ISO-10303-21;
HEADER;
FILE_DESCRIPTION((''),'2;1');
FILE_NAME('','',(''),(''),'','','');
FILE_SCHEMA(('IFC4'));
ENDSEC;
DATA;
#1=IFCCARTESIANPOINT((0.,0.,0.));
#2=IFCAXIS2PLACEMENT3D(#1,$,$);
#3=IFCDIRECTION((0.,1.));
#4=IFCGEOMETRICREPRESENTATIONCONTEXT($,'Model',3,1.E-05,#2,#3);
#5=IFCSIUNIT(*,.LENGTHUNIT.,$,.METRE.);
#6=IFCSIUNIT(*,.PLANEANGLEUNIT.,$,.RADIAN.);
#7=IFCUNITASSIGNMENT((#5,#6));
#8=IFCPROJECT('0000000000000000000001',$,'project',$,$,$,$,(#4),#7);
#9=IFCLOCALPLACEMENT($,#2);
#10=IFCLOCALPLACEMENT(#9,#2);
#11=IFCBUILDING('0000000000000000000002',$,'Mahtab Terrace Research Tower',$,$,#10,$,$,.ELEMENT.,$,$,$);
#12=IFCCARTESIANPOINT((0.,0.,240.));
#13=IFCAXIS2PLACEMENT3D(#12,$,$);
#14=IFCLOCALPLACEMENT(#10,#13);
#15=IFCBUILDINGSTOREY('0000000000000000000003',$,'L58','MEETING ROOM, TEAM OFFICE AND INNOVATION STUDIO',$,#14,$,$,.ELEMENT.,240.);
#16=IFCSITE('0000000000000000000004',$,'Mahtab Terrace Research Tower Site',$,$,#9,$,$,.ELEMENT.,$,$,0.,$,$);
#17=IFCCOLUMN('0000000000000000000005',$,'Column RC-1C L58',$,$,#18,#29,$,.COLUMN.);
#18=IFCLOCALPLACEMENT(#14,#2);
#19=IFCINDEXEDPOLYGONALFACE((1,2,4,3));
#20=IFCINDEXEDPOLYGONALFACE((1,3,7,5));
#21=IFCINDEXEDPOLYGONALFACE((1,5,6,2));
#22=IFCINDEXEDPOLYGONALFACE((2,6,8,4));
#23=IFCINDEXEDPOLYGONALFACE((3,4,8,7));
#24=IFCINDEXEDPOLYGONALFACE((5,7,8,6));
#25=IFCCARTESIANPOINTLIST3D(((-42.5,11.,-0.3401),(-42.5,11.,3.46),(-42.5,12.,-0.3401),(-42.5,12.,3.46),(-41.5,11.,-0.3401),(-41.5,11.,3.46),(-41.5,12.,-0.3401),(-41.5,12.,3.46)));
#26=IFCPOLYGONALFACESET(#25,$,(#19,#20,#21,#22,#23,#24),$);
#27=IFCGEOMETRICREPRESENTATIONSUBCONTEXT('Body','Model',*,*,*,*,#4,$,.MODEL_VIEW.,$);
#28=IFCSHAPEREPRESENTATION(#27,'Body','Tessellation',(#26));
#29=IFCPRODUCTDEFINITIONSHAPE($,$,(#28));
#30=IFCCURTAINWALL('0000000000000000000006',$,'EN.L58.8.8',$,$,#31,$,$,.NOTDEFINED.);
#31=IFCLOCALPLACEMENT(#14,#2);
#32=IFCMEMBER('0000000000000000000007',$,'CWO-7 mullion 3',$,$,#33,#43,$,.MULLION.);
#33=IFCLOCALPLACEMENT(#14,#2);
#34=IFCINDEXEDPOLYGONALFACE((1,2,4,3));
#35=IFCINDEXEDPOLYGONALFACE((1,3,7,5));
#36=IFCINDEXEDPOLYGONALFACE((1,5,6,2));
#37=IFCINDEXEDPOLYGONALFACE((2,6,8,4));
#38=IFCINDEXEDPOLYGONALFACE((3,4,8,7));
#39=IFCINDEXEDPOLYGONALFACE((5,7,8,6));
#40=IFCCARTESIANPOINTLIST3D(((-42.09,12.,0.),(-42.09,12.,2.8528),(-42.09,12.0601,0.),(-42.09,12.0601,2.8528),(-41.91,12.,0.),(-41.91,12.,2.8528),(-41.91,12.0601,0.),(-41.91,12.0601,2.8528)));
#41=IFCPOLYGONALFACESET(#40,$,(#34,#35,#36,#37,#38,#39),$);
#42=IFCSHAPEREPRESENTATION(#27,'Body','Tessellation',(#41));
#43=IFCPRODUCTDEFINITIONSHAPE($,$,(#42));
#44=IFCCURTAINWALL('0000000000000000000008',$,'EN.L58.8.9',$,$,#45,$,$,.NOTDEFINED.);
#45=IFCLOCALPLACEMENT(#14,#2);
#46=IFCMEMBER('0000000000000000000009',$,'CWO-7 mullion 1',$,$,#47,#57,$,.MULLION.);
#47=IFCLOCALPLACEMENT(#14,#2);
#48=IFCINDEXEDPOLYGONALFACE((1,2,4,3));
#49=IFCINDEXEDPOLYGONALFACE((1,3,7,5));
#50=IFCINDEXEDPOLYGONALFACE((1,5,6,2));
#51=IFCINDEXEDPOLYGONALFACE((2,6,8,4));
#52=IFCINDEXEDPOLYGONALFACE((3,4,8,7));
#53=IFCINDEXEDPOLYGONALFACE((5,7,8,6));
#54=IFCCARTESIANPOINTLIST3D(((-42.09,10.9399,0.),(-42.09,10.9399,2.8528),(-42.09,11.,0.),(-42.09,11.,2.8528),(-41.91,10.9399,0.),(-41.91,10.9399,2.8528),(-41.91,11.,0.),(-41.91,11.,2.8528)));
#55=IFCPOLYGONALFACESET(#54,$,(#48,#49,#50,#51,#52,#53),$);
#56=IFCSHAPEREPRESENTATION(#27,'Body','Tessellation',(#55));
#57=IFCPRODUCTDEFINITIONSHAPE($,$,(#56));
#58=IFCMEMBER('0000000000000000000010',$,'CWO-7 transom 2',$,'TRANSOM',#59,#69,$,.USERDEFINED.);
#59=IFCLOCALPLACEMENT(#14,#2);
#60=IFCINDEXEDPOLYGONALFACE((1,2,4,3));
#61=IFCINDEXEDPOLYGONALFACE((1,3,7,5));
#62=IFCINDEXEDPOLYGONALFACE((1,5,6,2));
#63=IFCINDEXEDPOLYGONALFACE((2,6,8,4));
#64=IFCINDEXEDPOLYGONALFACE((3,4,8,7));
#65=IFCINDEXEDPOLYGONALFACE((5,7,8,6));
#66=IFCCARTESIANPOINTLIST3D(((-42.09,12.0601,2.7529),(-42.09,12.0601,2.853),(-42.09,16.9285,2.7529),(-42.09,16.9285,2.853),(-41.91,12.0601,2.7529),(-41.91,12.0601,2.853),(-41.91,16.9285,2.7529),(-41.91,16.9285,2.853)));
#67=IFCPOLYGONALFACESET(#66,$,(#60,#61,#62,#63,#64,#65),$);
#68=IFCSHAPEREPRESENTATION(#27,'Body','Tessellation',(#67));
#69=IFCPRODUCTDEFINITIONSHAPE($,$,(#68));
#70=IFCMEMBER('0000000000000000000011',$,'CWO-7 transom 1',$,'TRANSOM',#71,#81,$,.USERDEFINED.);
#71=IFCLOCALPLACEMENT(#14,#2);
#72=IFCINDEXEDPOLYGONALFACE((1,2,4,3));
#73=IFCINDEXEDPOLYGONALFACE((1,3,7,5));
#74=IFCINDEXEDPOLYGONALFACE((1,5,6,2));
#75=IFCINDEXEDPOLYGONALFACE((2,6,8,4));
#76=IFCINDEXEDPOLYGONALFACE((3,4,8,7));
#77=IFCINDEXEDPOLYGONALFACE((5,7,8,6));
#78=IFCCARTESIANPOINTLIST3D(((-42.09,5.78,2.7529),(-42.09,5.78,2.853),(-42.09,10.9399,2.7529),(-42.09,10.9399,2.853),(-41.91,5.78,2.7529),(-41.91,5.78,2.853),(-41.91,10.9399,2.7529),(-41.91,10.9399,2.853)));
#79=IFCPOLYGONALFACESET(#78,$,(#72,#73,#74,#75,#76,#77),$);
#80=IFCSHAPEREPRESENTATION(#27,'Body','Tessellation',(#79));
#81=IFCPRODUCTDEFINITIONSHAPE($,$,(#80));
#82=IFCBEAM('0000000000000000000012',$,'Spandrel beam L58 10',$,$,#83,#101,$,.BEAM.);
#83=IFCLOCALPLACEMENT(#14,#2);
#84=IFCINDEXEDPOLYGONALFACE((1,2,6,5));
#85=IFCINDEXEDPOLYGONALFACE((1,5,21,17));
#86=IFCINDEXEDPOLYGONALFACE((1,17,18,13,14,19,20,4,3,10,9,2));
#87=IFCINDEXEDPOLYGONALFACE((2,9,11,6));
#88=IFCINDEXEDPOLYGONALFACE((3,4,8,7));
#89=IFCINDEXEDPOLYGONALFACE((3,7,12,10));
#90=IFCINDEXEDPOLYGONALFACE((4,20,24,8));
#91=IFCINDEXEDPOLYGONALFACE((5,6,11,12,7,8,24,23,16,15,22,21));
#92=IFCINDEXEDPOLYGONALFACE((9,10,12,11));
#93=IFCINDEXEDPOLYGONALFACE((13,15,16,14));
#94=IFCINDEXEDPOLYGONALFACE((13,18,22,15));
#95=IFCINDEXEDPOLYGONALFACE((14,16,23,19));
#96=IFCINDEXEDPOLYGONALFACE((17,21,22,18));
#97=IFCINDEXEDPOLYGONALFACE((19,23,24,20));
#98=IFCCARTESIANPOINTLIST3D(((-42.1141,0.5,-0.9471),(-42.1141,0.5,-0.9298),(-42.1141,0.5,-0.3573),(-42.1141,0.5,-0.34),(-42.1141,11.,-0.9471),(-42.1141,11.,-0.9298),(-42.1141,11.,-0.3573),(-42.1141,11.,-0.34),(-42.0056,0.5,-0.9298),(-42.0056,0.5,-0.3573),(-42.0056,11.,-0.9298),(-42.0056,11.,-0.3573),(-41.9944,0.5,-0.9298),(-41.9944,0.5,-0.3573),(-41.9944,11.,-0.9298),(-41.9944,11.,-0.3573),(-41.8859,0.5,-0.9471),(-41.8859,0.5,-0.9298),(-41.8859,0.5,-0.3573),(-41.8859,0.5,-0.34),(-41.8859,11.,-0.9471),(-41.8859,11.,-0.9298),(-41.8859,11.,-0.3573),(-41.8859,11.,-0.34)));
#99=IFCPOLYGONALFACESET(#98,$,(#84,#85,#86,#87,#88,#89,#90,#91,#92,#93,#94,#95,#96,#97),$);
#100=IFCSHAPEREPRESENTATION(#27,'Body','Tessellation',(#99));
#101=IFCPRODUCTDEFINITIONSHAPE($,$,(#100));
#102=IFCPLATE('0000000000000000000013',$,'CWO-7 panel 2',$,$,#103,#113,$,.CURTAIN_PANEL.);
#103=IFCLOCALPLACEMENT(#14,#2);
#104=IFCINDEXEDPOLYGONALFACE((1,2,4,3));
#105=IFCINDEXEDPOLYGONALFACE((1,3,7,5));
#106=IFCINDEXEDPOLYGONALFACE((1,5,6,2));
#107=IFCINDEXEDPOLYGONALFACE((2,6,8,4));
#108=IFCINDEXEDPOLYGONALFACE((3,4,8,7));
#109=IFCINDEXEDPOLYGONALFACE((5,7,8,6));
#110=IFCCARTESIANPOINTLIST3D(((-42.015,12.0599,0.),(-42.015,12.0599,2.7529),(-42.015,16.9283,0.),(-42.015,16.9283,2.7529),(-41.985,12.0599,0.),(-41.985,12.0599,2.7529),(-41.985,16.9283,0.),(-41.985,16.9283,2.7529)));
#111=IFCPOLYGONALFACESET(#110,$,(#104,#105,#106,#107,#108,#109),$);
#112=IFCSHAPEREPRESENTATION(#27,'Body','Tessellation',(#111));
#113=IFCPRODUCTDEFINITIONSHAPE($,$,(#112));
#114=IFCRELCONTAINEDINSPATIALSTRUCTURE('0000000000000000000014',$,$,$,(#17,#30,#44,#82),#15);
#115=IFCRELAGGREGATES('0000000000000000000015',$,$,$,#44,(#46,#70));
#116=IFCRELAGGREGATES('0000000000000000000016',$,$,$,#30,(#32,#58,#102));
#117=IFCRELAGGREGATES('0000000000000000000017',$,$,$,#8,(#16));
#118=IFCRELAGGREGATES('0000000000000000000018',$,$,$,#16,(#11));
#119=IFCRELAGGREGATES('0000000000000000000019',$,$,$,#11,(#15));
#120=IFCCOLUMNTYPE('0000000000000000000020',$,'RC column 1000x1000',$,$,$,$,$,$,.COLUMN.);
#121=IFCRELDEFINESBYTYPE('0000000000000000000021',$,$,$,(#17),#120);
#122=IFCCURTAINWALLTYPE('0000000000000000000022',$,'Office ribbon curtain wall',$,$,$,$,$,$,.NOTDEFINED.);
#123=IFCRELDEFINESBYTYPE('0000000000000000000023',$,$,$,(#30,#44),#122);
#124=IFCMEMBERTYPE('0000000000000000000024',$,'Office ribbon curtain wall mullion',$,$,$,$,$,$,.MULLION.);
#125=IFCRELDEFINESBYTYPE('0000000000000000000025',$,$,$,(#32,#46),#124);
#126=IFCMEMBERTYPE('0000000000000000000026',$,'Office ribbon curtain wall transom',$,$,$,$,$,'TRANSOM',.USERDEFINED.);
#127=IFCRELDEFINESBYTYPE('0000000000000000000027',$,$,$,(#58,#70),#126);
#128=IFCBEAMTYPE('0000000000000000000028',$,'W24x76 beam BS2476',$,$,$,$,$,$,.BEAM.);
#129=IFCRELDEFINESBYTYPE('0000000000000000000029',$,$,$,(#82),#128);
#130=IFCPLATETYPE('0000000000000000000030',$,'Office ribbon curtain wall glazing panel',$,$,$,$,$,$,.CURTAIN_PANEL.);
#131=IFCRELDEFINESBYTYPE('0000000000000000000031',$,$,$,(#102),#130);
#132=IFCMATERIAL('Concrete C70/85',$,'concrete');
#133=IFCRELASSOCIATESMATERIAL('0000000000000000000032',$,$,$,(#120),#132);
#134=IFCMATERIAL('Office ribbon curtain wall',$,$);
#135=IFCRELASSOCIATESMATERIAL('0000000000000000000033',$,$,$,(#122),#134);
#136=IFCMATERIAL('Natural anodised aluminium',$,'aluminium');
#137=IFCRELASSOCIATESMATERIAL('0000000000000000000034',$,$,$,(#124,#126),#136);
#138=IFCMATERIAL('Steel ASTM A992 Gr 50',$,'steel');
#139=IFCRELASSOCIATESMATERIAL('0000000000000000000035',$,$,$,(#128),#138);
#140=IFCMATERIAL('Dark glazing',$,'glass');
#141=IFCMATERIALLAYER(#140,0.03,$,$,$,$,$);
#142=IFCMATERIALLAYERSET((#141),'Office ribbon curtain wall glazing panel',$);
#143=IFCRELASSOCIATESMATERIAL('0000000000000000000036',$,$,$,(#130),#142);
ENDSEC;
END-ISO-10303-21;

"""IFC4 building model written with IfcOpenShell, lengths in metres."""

from ifc_helpers import new_model, si_unit, direction, frame, origin, origin_2d, place, context, subcontext, project, spatial, rectangle, i_section, extrude, material, layer, layer_set, material_profile, profile_set, type_object, element, aggregate, save


model = new_model("IFC4")

# Units and contexts
model_context = context("Model", 3, precision=1e-05, world=origin(), true_north=direction((0.0, 1.0)))
body_context = subcontext(model_context, "Body", "Model", "MODEL_VIEW")
ifc_project = project(units=[si_unit("LENGTHUNIT", "METRE"), si_unit("PLANEANGLEUNIT", "RADIAN")], contexts=[model_context])

# Site, building, storey
site_placement = place(None, origin())
site = spatial("IfcSite", under=ifc_project, at=site_placement, Name="Mahtab Terrace Research Tower Site", CompositionType="ELEMENT", RefElevation=0.0)
building_placement = place(site_placement, origin())
building = spatial("IfcBuilding", under=site, at=building_placement, Name="Mahtab Terrace Research Tower", CompositionType="ELEMENT")
storey_placement = place(building_placement, frame((0.0, 0.0, 240.0)))
storey = spatial("IfcBuildingStorey", under=building, at=storey_placement, Name="L58", Description="MEETING ROOM, TEAM OFFICE AND INNOVATION STUDIO", CompositionType="ELEMENT", Elevation=240.0)

# Column
ifc_material_1 = material(Name="Concrete C70/85", Category="concrete")
ifc_material_profile_1 = material_profile(ifc_material_1, rectangle(XDim=1.0, YDim=1.0, at=origin_2d()), Name="RC column 1000x1000")
ifc_profile_set_1 = profile_set([ifc_material_profile_1], Name="Concrete C70/85")
column_type = type_object("IfcColumnType", Name="RC column 1000x1000", PredefinedType="COLUMN", material=ifc_profile_set_1)
column_placement = place(storey_placement, frame((-42.0, 11.5, -0.3401), z_axis=(0.0, 0.0, 1.0), x_axis=(1.0, 0.0, 0.0)))
element("IfcColumn", 1, at=column_placement, inside=storey, type_object=column_type, Name="Column RC-1C L58", PredefinedType="COLUMN", context=body_context, shape_type="SweptSolid", body=[
    extrude(rectangle(XDim=1.0, YDim=1.0, at=origin_2d()), origin(), (0.0, 0.0, 1.0), 3.8),
])

# Curtain walls, members
ifc_material_2 = material(Name="Office ribbon curtain wall")
curtain_wall_type = type_object("IfcCurtainWallType", Name="Office ribbon curtain wall", PredefinedType="NOTDEFINED", material=ifc_material_2)
curtain_wall_1_placement = place(storey_placement, origin())
curtain_wall_1 = element("IfcCurtainWall", 2, at=curtain_wall_1_placement, inside=storey, type_object=curtain_wall_type, Name="EN.L58.8.8", PredefinedType="NOTDEFINED")
ifc_material_3 = material(Name="Natural anodised aluminium", Category="aluminium")
ifc_material_profile_2 = material_profile(ifc_material_3, rectangle(XDim=0.1799, YDim=0.0601, at=origin_2d()), Name="MULLION 60x180")
ifc_profile_set_2 = profile_set([ifc_material_profile_2], Name="Natural anodised aluminium")
member_type_1 = type_object("IfcMemberType", Name="Office ribbon curtain wall mullion", PredefinedType="MULLION", material=ifc_profile_set_2)
member_1_placement = place(storey_placement, frame((-42.0, 12.03, 0.0), z_axis=(0.0, 0.0, 1.0), x_axis=(1.0, 0.0, 0.0)))
member_1 = element("IfcMember", 3, at=member_1_placement, type_object=member_type_1, Name="CWO-7 mullion 3", PredefinedType="MULLION", context=body_context, shape_type="SweptSolid", body=[
    extrude(rectangle(XDim=0.1799, YDim=0.0601, at=origin_2d()), origin(), (0.0, 0.0, 1.0), 2.8528),
])
curtain_wall_2_placement = place(storey_placement, origin())
curtain_wall_2 = element("IfcCurtainWall", 4, at=curtain_wall_2_placement, inside=storey, type_object=curtain_wall_type, Name="EN.L58.8.9", PredefinedType="NOTDEFINED")
member_2_placement = place(storey_placement, frame((-42.0, 10.97, 0.0), z_axis=(0.0, 0.0, 1.0), x_axis=(1.0, 0.0, 0.0)))
member_2 = element("IfcMember", 5, at=member_2_placement, type_object=member_type_1, Name="CWO-7 mullion 1", PredefinedType="MULLION", context=body_context, shape_type="SweptSolid", body=[
    extrude(rectangle(XDim=0.1799, YDim=0.0601, at=origin_2d()), origin(), (0.0, 0.0, 1.0), 2.8528),
])

# Members
ifc_material_profile_3 = material_profile(ifc_material_3, rectangle(XDim=0.1799, YDim=0.1001, at=origin_2d()), Name="TRANSOM 100x180")
ifc_profile_set_3 = profile_set([ifc_material_profile_3], Name="Natural anodised aluminium")
member_type_2 = type_object("IfcMemberType", Name="Office ribbon curtain wall transom", ElementType="TRANSOM", PredefinedType="USERDEFINED", material=ifc_profile_set_3)
member_3_placement = place(storey_placement, frame((-42.0, 16.9285, 2.803), z_axis=(0.0, -1.0, 0.0), x_axis=(1.0, 0.0, 0.0)))
member_3 = element("IfcMember", 6, at=member_3_placement, type_object=member_type_2, Name="CWO-7 transom 2", ObjectType="TRANSOM", PredefinedType="USERDEFINED", context=body_context, shape_type="SweptSolid", body=[
    extrude(rectangle(XDim=0.1799, YDim=0.1001, at=origin_2d()), origin(), (0.0, 0.0, 1.0), 4.8684),
])
member_4_placement = place(storey_placement, frame((-42.0, 10.9399, 2.803), z_axis=(0.0, -1.0, 0.0), x_axis=(1.0, 0.0, 0.0)))
member_4 = element("IfcMember", 7, at=member_4_placement, type_object=member_type_2, Name="CWO-7 transom 1", ObjectType="TRANSOM", PredefinedType="USERDEFINED", context=body_context, shape_type="SweptSolid", body=[
    extrude(rectangle(XDim=0.1799, YDim=0.1001, at=origin_2d()), origin(), (0.0, 0.0, 1.0), 5.1599),
])
aggregate(curtain_wall_2, [member_2, member_4])

# Beam
ifc_material_4 = material(Name="Steel ASTM A992 Gr 50", Category="steel")
ifc_material_profile_4 = material_profile(ifc_material_4, i_section(OverallWidth=0.2283, OverallDepth=0.6072, WebThickness=0.0112, FlangeThickness=0.0173, at=origin_2d()), Name="W24X76")
ifc_profile_set_4 = profile_set([ifc_material_profile_4], Name="Steel ASTM A992 Gr 50")
beam_type = type_object("IfcBeamType", Name="W24x76 beam BS2476", PredefinedType="BEAM", material=ifc_profile_set_4)
beam_placement = place(storey_placement, frame((-42.0, 11.0, -0.6436), z_axis=(0.0, -1.0, 0.0), x_axis=(1.0, 0.0, 0.0)))
element("IfcBeam", 8, at=beam_placement, inside=storey, type_object=beam_type, Name="Spandrel beam L58 10", PredefinedType="BEAM", context=body_context, shape_type="SweptSolid", body=[
    extrude(i_section(OverallWidth=0.2283, OverallDepth=0.6072, WebThickness=0.0112, FlangeThickness=0.0173, at=origin_2d()), origin(), (0.0, 0.0, 1.0), 10.5),
])

# Plate
ifc_material_5 = material(Name="Dark glazing", Category="glass")
ifc_layer = layer(ifc_material_5, 0.03)
ifc_layer_set = layer_set([ifc_layer], Name="Office ribbon curtain wall glazing panel")
plate_type = type_object("IfcPlateType", Name="Office ribbon curtain wall glazing panel", PredefinedType="CURTAIN_PANEL", material=ifc_layer_set)
plate_placement = place(storey_placement, frame((-42.0, 14.4941, 0.0), z_axis=(0.0, 0.0, 1.0), x_axis=(0.0, -1.0, 0.0)))
plate = element("IfcPlate", 9, at=plate_placement, type_object=plate_type, Name="CWO-7 panel 2", PredefinedType="CURTAIN_PANEL", context=body_context, shape_type="SweptSolid", body=[
    extrude(rectangle(XDim=4.8684, YDim=0.03, at=origin_2d()), origin(), (0.0, 0.0, 1.0), 2.7529),
])
aggregate(curtain_wall_1, [member_1, member_3, plate])

save(model, "model.ifc")
